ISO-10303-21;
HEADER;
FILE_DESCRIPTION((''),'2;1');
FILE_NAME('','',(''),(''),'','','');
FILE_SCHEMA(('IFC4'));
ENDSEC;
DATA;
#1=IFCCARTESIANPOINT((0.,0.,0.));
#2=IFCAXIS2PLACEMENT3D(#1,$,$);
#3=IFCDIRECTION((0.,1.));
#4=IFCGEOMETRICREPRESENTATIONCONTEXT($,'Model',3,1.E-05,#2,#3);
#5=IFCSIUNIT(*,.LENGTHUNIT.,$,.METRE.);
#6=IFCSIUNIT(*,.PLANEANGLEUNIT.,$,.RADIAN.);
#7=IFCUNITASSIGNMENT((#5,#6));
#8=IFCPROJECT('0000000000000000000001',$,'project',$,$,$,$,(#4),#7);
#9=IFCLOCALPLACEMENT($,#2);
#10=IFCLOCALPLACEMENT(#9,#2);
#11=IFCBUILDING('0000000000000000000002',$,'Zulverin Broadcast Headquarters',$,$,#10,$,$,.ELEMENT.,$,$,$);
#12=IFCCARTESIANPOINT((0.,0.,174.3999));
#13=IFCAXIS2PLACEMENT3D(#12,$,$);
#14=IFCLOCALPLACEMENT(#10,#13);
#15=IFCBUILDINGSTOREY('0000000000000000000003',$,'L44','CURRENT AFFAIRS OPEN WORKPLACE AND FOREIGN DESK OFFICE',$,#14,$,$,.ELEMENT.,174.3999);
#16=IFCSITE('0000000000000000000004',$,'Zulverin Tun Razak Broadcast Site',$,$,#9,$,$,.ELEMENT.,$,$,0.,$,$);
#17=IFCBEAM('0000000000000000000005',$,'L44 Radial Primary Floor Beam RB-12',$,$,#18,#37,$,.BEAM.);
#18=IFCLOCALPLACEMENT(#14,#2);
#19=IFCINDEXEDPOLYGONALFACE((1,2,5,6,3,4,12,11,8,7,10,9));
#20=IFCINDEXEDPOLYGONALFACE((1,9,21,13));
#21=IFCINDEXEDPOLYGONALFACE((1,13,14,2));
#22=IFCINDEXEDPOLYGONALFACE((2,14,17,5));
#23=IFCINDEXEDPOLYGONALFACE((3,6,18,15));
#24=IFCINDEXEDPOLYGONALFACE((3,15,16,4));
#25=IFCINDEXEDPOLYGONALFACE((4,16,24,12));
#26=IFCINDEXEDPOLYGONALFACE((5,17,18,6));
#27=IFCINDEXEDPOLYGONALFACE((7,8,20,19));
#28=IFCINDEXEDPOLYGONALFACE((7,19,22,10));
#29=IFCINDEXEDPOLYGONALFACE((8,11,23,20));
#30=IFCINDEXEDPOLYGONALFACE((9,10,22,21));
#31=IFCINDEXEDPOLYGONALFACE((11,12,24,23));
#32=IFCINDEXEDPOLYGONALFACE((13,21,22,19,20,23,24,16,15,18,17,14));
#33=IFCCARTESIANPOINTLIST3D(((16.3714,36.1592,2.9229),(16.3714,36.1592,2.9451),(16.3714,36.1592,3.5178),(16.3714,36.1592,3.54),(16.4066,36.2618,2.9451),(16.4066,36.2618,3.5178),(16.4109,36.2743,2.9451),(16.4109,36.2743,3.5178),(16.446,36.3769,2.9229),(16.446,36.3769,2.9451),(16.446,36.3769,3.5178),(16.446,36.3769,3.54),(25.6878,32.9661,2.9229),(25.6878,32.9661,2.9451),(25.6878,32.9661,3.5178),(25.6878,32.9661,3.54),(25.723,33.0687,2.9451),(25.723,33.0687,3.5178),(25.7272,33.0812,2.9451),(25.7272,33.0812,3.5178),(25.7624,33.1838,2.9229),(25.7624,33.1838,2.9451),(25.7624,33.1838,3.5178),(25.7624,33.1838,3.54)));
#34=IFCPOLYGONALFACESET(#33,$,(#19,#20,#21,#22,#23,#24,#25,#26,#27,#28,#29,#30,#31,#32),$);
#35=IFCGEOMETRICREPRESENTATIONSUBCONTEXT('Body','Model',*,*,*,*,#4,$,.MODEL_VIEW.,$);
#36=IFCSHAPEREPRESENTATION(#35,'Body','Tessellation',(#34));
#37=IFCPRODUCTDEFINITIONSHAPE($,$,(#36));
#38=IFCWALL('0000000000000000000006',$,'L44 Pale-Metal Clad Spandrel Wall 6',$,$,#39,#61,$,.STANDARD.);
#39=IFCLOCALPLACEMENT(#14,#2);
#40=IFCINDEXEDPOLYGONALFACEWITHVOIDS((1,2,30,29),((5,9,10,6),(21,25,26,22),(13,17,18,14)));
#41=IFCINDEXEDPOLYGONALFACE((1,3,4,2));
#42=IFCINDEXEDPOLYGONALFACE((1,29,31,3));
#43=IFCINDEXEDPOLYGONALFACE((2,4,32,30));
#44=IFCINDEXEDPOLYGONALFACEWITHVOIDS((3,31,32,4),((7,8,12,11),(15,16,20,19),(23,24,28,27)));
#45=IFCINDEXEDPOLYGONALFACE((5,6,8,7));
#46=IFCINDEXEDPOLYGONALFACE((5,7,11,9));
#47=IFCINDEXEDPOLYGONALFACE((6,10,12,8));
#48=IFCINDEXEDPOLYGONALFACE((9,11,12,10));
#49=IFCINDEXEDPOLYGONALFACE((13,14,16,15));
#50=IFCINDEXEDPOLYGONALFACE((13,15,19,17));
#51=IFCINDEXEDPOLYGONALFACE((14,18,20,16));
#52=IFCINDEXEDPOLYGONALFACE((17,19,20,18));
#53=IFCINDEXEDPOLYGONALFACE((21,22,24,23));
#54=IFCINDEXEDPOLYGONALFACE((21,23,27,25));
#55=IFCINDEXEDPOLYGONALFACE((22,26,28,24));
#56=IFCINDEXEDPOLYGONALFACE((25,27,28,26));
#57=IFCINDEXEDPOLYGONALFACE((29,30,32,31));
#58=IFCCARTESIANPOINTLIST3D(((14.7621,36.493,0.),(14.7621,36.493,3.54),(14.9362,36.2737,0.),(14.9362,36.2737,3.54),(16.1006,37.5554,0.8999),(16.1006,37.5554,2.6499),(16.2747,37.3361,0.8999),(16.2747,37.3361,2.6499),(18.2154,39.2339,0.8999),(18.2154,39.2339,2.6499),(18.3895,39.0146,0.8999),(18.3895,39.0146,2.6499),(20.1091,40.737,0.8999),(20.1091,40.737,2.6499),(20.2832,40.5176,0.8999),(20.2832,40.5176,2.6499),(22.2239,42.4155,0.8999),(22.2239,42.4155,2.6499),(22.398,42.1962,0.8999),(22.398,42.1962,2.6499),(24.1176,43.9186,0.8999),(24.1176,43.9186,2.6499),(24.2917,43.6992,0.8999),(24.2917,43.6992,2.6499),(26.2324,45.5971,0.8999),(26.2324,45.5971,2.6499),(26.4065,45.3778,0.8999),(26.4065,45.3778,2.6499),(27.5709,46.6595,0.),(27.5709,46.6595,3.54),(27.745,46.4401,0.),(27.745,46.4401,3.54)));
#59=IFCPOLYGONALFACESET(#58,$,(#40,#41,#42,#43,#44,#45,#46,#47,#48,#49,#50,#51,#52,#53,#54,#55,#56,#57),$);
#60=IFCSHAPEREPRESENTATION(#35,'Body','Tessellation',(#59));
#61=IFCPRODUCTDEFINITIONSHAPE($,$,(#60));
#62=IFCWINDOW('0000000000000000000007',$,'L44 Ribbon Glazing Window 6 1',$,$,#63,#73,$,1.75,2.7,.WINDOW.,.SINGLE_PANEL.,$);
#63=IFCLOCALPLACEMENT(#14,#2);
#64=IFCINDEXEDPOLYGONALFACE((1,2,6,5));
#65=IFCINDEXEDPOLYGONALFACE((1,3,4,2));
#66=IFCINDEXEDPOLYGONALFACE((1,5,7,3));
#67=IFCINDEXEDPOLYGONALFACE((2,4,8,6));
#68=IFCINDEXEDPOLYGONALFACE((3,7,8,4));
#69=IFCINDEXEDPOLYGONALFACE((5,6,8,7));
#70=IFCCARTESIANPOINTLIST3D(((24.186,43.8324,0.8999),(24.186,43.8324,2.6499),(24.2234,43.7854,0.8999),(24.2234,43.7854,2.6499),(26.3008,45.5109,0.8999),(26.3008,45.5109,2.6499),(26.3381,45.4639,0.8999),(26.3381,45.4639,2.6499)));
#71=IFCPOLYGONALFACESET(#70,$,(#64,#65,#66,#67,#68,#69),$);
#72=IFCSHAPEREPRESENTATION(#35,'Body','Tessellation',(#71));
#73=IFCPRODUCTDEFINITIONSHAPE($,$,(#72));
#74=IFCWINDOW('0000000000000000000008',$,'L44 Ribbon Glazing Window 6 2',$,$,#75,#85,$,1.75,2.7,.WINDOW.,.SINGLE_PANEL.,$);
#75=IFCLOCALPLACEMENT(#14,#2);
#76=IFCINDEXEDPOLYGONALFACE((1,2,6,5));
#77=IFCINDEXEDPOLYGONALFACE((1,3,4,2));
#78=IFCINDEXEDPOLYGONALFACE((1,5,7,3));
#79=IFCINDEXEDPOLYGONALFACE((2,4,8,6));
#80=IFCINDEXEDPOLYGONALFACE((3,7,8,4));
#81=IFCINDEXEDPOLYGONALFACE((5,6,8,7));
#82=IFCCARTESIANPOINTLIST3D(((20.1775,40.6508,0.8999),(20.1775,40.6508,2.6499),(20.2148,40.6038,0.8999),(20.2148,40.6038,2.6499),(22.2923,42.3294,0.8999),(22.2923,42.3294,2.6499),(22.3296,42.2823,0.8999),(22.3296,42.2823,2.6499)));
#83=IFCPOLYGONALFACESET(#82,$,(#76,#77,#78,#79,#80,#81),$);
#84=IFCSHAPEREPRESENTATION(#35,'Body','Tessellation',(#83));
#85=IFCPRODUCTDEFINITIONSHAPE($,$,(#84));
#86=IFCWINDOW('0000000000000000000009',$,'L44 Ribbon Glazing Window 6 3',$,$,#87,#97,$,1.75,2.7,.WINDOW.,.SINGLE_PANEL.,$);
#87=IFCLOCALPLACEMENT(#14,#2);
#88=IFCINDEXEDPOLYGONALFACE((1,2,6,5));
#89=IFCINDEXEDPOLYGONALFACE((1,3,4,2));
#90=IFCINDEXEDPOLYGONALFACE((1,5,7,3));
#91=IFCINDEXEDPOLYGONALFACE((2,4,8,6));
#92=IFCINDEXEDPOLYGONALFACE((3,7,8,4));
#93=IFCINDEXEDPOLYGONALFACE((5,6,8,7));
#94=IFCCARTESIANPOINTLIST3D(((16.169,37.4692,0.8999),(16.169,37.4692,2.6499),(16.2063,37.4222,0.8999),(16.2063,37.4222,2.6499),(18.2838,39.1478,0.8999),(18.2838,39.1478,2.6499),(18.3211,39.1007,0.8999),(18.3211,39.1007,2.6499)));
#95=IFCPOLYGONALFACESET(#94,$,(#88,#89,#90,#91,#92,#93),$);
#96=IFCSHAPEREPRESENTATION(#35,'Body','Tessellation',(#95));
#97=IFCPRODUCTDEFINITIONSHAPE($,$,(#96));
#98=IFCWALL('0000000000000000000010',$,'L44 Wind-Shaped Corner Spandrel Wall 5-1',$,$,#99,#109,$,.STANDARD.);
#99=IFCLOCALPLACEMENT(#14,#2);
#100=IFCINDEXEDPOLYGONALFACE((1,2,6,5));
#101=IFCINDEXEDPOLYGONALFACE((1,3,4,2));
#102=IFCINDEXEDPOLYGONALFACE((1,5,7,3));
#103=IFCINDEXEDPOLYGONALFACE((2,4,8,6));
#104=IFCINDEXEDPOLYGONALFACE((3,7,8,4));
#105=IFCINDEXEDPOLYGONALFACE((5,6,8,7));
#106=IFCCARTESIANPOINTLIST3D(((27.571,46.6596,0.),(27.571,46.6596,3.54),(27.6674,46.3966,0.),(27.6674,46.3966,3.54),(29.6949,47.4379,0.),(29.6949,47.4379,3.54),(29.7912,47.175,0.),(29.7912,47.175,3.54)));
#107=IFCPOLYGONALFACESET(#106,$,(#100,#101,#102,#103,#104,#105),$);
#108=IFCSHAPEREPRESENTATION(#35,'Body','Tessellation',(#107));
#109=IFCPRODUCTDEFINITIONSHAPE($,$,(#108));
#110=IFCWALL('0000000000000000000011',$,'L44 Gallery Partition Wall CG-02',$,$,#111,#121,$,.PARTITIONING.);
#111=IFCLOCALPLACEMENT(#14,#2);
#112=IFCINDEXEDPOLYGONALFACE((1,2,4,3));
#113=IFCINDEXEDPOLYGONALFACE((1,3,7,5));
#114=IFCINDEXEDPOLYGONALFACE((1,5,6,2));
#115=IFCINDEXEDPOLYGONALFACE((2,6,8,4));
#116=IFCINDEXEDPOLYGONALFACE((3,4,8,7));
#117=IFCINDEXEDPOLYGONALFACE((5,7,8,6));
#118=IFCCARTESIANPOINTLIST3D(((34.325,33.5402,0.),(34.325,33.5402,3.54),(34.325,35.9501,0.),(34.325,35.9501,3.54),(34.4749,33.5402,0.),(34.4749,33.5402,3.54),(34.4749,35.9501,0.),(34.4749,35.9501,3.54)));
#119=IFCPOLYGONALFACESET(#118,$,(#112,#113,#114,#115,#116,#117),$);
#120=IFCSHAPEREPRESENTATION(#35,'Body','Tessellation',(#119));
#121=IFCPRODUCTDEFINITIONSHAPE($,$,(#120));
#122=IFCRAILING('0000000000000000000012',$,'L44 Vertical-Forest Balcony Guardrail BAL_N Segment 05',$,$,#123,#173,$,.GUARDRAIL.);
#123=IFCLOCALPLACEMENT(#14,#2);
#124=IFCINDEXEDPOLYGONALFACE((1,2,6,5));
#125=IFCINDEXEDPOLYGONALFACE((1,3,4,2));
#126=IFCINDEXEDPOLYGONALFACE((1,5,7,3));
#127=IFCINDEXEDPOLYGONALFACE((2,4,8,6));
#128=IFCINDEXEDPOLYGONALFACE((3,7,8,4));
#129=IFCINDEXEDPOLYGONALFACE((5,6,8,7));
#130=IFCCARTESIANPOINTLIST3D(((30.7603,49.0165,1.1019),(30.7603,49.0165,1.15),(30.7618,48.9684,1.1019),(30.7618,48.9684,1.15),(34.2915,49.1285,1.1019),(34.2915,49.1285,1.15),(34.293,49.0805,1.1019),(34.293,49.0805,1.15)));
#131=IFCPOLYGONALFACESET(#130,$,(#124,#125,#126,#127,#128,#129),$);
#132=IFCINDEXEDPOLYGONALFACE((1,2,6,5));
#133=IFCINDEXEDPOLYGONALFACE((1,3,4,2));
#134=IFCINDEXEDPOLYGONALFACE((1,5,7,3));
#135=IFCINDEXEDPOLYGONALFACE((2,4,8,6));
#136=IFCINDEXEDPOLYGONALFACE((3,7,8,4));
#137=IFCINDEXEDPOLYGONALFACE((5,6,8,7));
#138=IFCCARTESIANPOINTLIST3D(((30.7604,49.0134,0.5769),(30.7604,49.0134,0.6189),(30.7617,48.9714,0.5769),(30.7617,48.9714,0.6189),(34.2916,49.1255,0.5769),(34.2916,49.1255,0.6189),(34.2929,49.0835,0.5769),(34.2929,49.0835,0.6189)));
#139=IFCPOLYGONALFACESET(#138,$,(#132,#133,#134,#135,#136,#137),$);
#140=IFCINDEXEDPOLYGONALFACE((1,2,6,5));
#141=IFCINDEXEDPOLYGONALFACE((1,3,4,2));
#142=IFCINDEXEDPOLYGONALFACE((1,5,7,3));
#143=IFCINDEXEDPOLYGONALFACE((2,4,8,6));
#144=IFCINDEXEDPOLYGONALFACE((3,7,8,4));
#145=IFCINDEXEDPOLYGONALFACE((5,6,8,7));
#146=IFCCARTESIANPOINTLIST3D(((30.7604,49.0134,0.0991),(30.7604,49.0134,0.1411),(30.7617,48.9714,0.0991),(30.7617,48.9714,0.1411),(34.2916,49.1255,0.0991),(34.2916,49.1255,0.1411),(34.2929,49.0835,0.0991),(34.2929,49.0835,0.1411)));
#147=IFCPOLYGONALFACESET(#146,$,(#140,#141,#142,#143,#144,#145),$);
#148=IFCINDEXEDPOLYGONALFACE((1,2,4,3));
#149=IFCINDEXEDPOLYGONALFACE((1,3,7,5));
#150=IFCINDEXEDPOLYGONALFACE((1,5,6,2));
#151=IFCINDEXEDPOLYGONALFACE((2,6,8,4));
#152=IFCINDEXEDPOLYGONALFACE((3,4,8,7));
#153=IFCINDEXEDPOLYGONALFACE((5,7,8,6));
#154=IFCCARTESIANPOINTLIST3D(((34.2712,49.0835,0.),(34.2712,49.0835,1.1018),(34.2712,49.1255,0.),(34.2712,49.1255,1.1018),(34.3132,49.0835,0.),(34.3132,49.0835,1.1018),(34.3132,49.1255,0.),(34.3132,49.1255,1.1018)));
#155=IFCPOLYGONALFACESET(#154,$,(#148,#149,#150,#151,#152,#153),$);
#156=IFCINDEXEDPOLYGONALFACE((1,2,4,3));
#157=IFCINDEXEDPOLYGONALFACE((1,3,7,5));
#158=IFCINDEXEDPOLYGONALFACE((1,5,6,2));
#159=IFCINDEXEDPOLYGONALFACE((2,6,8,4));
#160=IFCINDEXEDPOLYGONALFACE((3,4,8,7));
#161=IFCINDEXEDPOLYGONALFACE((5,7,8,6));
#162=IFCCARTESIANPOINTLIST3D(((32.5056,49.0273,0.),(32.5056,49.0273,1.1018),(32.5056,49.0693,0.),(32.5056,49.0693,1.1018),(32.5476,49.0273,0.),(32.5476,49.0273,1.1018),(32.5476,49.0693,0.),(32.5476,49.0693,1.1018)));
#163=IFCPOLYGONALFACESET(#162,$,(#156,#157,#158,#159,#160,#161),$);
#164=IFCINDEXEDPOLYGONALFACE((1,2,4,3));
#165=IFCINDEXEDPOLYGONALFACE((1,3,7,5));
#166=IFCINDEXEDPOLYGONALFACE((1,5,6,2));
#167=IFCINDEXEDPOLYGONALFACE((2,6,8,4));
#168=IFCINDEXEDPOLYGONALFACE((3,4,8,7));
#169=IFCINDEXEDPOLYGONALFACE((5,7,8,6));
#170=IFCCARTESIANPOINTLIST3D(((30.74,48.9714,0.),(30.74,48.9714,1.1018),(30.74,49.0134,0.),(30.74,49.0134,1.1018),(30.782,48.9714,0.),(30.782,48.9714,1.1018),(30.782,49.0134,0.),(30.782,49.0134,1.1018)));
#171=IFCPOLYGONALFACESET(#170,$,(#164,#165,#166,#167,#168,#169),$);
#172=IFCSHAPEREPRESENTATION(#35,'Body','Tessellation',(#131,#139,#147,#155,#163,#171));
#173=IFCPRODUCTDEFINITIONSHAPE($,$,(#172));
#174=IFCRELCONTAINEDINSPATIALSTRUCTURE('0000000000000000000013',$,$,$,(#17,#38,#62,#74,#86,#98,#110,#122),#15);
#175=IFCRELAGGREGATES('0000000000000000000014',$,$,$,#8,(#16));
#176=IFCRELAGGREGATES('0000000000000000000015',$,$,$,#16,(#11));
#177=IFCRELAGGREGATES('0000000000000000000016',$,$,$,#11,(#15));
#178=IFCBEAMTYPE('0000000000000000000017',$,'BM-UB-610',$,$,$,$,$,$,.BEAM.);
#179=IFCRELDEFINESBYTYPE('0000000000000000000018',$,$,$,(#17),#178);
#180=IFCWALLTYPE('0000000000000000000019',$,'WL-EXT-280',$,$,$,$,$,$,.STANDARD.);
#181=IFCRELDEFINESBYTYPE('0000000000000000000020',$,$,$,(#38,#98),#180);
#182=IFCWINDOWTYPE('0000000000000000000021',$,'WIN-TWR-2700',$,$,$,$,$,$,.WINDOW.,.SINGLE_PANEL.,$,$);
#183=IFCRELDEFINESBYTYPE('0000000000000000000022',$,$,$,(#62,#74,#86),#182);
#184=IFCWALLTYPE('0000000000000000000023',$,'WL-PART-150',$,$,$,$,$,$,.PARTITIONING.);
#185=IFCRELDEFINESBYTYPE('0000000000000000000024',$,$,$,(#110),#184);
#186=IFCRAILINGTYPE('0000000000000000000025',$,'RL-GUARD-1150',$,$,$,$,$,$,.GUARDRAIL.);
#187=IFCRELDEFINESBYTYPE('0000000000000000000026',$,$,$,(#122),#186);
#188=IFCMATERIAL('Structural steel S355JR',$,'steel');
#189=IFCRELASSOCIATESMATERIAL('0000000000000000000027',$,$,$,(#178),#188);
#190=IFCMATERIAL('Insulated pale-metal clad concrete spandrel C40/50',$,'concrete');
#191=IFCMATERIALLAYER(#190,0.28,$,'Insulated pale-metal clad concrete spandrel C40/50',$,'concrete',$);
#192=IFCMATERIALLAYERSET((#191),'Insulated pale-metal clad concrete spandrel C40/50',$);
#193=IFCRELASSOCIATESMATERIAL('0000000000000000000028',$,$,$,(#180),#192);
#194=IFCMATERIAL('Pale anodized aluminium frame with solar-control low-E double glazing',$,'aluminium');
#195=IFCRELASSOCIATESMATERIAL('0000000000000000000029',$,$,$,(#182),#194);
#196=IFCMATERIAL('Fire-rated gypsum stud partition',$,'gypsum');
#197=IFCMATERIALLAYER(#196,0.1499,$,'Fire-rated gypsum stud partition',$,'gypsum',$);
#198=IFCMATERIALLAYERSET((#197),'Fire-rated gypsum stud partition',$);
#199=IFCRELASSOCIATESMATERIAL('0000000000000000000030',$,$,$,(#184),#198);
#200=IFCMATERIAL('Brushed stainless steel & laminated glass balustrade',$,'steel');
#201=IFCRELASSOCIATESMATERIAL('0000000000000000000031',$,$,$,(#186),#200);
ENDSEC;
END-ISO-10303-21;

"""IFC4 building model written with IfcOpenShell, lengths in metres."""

from ifc_helpers import new_model, si_unit, direction, frame, frame_2d, origin, origin_2d, place, context, subcontext, project, spatial, rectangle, i_section, extrude, material, layer, layer_set, material_profile, profile_set, type_object, element, fill, save


model = new_model("IFC4")

# Units and contexts
model_context = context("Model", 3, precision=1e-05, world=origin(), true_north=direction((0.0, 1.0)))
body_context = subcontext(model_context, "Body", "Model", "MODEL_VIEW")
ifc_project = project(units=[si_unit("LENGTHUNIT", "METRE"), si_unit("PLANEANGLEUNIT", "RADIAN")], contexts=[model_context])

# Site, building, storey
site_placement = place(None, origin())
site = spatial("IfcSite", under=ifc_project, at=site_placement, Name="Zulverin Tun Razak Broadcast Site", CompositionType="ELEMENT", RefElevation=0.0)
building_placement = place(site_placement, origin())
building = spatial("IfcBuilding", under=site, at=building_placement, Name="Zulverin Broadcast Headquarters", CompositionType="ELEMENT")
storey_placement = place(building_placement, frame((0.0, 0.0, 174.3999)))
storey = spatial("IfcBuildingStorey", under=building, at=storey_placement, Name="L44", Description="CURRENT AFFAIRS OPEN WORKPLACE AND FOREIGN DESK OFFICE", CompositionType="ELEMENT", Elevation=174.3999)

# Beam
ifc_material_1 = material(Name="Structural steel S355JR", Category="steel")
ifc_material_profile_1 = material_profile(ifc_material_1, i_section(OverallWidth=0.2302, OverallDepth=0.6172, WebThickness=0.0132, FlangeThickness=0.0222, at=origin_2d()), Name="Structural steel S355JR", Category="steel")
ifc_profile_set_1 = profile_set([ifc_material_profile_1], Name="Structural steel S355JR")
beam_type_1 = type_object("IfcBeamType", Name="BM-UB-610", PredefinedType="BEAM", material=ifc_profile_set_1)
beam_1_placement = place(storey_placement, frame((25.7251, 33.075, 3.2314), z_axis=(-0.94598, 0.324226, 0.0), x_axis=(-0.324226, -0.94598, 0.0)))
element("IfcBeam", 1, at=beam_1_placement, inside=storey, type_object=beam_type_1, Name="L44 Radial Primary Floor Beam RB-12", PredefinedType="BEAM", context=body_context, shape_type="SweptSolid", body=[
    extrude(i_section(OverallWidth=0.2302, OverallDepth=0.6172, WebThickness=0.0132, FlangeThickness=0.0222, at=origin_2d()), origin(), (0.0, 0.0, 1.0), 9.8484),
])

# Wall, openings, windows
ifc_material_2 = material(Name="Insulated pale-metal clad concrete spandrel C40/50", Category="concrete")
ifc_layer_1 = layer(ifc_material_2, 0.28, Name="Insulated pale-metal clad concrete spandrel C40/50", Category="concrete")
ifc_layer_set_1 = layer_set([ifc_layer_1], Name="Insulated pale-metal clad concrete spandrel C40/50")
wall_type_1 = type_object("IfcWallType", Name="WL-EXT-280", PredefinedType="STANDARD", material=ifc_layer_set_1)
wall_1_placement = place(storey_placement, frame((27.658, 46.5498, 0.0), z_axis=(0.0, 0.0, 1.0), x_axis=(-0.783266, -0.621686, 0.0)))
wall_1 = element("IfcWall", 2, at=wall_1_placement, inside=storey, type_object=wall_type_1, Name="L44 Pale-Metal Clad Spandrel Wall 6", PredefinedType="STANDARD", context=body_context, shape_type="SweptSolid", body=[
    extrude(rectangle(XDim=16.353, YDim=0.28, at=frame_2d((8.1765, 0.0))), origin(), (0.0, 0.0, 1.0), 3.54),
])
opening_1_placement = place(wall_1_placement, frame((1.7087, 0.0, 0.8999)))
opening_1 = element("IfcOpeningElement", 3, at=opening_1_placement, cuts=wall_1, PredefinedType="OPENING", context=body_context, shape_type="SweptSolid", body=[
    extrude(rectangle(XDim=2.7, YDim=1.75, at=frame_2d((1.3501, 0.875))), frame((0.0, 0.1499, 0.0), z_axis=(0.0, -1.0, 0.0), x_axis=(1.0, 0.0, 0.0)), (0.0, 0.0, 1.0), 0.3),
])
opening_2_placement = place(wall_1_placement, frame((6.8264, 0.0, 0.8999)))
opening_2 = element("IfcOpeningElement", 4, at=opening_2_placement, cuts=wall_1, PredefinedType="OPENING", context=body_context, shape_type="SweptSolid", body=[
    extrude(rectangle(XDim=2.7, YDim=1.75, at=frame_2d((1.3501, 0.875))), frame((0.0, 0.1499, 0.0), z_axis=(0.0, -1.0, 0.0), x_axis=(1.0, 0.0, 0.0)), (0.0, 0.0, 1.0), 0.3),
])
opening_3_placement = place(wall_1_placement, frame((11.9441, 0.0, 0.8999)))
opening_3 = element("IfcOpeningElement", 5, at=opening_3_placement, cuts=wall_1, PredefinedType="OPENING", context=body_context, shape_type="SweptSolid", body=[
    extrude(rectangle(XDim=2.7, YDim=1.75, at=frame_2d((1.3501, 0.875))), frame((0.0, 0.1499, 0.0), z_axis=(0.0, -1.0, 0.0), x_axis=(1.0, 0.0, 0.0)), (0.0, 0.0, 1.0), 0.3),
])
ifc_material_3 = material(Name="Pale anodized aluminium frame with solar-control low-E double glazing", Category="aluminium")
window_type = type_object("IfcWindowType", Name="WIN-TWR-2700", PartitioningType="SINGLE_PANEL", PredefinedType="WINDOW", material=ifc_material_3)
window_1_placement = place(opening_1_placement, origin())
window_1 = element("IfcWindow", 6, at=window_1_placement, inside=storey, type_object=window_type, Name="L44 Ribbon Glazing Window 6 1", OverallHeight=1.75, OverallWidth=2.7, PartitioningType="SINGLE_PANEL", PredefinedType="WINDOW", context=body_context, shape_type="SweptSolid", body=[
    extrude(rectangle(XDim=2.7, YDim=1.75, at=frame_2d((1.3501, 0.875))), frame((0.0, 0.03, 0.0), z_axis=(0.0, -1.0, 0.0), x_axis=(1.0, 0.0, 0.0)), (0.0, 0.0, 1.0), 0.0601),
])
fill(opening_1, window_1)
window_2_placement = place(opening_2_placement, origin())
window_2 = element("IfcWindow", 7, at=window_2_placement, inside=storey, type_object=window_type, Name="L44 Ribbon Glazing Window 6 2", OverallHeight=1.75, OverallWidth=2.7, PartitioningType="SINGLE_PANEL", PredefinedType="WINDOW", context=body_context, shape_type="SweptSolid", body=[
    extrude(rectangle(XDim=2.7, YDim=1.75, at=frame_2d((1.3501, 0.875))), frame((0.0, 0.03, 0.0), z_axis=(0.0, -1.0, 0.0), x_axis=(1.0, 0.0, 0.0)), (0.0, 0.0, 1.0), 0.0601),
])
fill(opening_2, window_2)
window_3_placement = place(opening_3_placement, origin())
window_3 = element("IfcWindow", 8, at=window_3_placement, inside=storey, type_object=window_type, Name="L44 Ribbon Glazing Window 6 3", OverallHeight=1.75, OverallWidth=2.7, PartitioningType="SINGLE_PANEL", PredefinedType="WINDOW", context=body_context, shape_type="SweptSolid", body=[
    extrude(rectangle(XDim=2.7, YDim=1.75, at=frame_2d((1.3501, 0.875))), frame((0.0, 0.03, 0.0), z_axis=(0.0, -1.0, 0.0), x_axis=(1.0, 0.0, 0.0)), (0.0, 0.0, 1.0), 0.0601),
])
fill(opening_3, window_3)

# Walls
wall_2_placement = place(storey_placement, frame((29.7429, 47.3064, 0.0), z_axis=(0.0, 0.0, 1.0), x_axis=(-0.938933, -0.344099, 0.0)))
element("IfcWall", 9, at=wall_2_placement, inside=storey, type_object=wall_type_1, Name="L44 Wind-Shaped Corner Spandrel Wall 5-1", PredefinedType="STANDARD", context=body_context, shape_type="SweptSolid", body=[
    extrude(rectangle(XDim=2.262, YDim=0.28, at=frame_2d((1.1309, 0.0))), origin(), (0.0, 0.0, 1.0), 3.54),
])
ifc_material_4 = material(Name="Fire-rated gypsum stud partition", Category="gypsum")
ifc_layer_2 = layer(ifc_material_4, 0.1499, Name="Fire-rated gypsum stud partition", Category="gypsum")
ifc_layer_set_2 = layer_set([ifc_layer_2], Name="Fire-rated gypsum stud partition")
wall_type_2 = type_object("IfcWallType", Name="WL-PART-150", PredefinedType="PARTITIONING", material=ifc_layer_set_2)
wall_3_placement = place(storey_placement, frame((34.3999, 33.54, 0.0), z_axis=(0.0, 0.0, 1.0), x_axis=(0.0, 1.0, 0.0)))
element("IfcWall", 10, at=wall_3_placement, inside=storey, type_object=wall_type_2, Name="L44 Gallery Partition Wall CG-02", PredefinedType="PARTITIONING", context=body_context, shape_type="SweptSolid", body=[
    extrude(rectangle(XDim=2.4099, YDim=0.1499, at=frame_2d((1.2051, 0.0))), origin(), (0.0, 0.0, 1.0), 3.54),
])

# Railing
ifc_material_5 = material(Name="Brushed stainless steel & laminated glass balustrade", Category="steel")
railing_type = type_object("IfcRailingType", Name="RL-GUARD-1150", PredefinedType="GUARDRAIL", material=ifc_material_5)
railing_1_placement = place(storey_placement, frame((34.2922, 49.1045, 0.0)))
element("IfcRailing", 11, at=railing_1_placement, inside=storey, type_object=railing_type, Name="L44 Vertical-Forest Balcony Guardrail BAL_N Segment 05", PredefinedType="GUARDRAIL", context=body_context, shape_type="SweptSolid", body=[
    extrude(rectangle(XDim=0.0481, YDim=0.0481, at=origin_2d()), frame((0.0, 0.0, 1.126), z_axis=(-0.999497, -0.031718, 0.0), x_axis=(0.031718, -0.999497, 0.0)), (0.0, 0.0, 1.0), 3.533),
    extrude(rectangle(XDim=0.042, YDim=0.042, at=origin_2d()), frame((0.0, 0.0, 0.5979), z_axis=(-0.999497, -0.031718, 0.0), x_axis=(0.031718, -0.999497, 0.0)), (0.0, 0.0, 1.0), 3.533),
    extrude(rectangle(XDim=0.042, YDim=0.042, at=origin_2d()), frame((0.0, 0.0, 0.1201), z_axis=(-0.999497, -0.031718, 0.0), x_axis=(0.031718, -0.999497, 0.0)), (0.0, 0.0, 1.0), 3.533),
    extrude(rectangle(XDim=0.042, YDim=0.042, at=origin_2d()), origin(), (0.0, 0.0, 1.0), 1.1018),
    extrude(rectangle(XDim=0.042, YDim=0.042, at=origin_2d()), frame((-1.7656, -0.0562, 0.0)), (0.0, 0.0, 1.0), 1.1018),
    extrude(rectangle(XDim=0.042, YDim=0.042, at=origin_2d()), frame((-3.5312, -0.1121, 0.0)), (0.0, 0.0, 1.0), 1.1018),
])

save(model, "model.ifc")
